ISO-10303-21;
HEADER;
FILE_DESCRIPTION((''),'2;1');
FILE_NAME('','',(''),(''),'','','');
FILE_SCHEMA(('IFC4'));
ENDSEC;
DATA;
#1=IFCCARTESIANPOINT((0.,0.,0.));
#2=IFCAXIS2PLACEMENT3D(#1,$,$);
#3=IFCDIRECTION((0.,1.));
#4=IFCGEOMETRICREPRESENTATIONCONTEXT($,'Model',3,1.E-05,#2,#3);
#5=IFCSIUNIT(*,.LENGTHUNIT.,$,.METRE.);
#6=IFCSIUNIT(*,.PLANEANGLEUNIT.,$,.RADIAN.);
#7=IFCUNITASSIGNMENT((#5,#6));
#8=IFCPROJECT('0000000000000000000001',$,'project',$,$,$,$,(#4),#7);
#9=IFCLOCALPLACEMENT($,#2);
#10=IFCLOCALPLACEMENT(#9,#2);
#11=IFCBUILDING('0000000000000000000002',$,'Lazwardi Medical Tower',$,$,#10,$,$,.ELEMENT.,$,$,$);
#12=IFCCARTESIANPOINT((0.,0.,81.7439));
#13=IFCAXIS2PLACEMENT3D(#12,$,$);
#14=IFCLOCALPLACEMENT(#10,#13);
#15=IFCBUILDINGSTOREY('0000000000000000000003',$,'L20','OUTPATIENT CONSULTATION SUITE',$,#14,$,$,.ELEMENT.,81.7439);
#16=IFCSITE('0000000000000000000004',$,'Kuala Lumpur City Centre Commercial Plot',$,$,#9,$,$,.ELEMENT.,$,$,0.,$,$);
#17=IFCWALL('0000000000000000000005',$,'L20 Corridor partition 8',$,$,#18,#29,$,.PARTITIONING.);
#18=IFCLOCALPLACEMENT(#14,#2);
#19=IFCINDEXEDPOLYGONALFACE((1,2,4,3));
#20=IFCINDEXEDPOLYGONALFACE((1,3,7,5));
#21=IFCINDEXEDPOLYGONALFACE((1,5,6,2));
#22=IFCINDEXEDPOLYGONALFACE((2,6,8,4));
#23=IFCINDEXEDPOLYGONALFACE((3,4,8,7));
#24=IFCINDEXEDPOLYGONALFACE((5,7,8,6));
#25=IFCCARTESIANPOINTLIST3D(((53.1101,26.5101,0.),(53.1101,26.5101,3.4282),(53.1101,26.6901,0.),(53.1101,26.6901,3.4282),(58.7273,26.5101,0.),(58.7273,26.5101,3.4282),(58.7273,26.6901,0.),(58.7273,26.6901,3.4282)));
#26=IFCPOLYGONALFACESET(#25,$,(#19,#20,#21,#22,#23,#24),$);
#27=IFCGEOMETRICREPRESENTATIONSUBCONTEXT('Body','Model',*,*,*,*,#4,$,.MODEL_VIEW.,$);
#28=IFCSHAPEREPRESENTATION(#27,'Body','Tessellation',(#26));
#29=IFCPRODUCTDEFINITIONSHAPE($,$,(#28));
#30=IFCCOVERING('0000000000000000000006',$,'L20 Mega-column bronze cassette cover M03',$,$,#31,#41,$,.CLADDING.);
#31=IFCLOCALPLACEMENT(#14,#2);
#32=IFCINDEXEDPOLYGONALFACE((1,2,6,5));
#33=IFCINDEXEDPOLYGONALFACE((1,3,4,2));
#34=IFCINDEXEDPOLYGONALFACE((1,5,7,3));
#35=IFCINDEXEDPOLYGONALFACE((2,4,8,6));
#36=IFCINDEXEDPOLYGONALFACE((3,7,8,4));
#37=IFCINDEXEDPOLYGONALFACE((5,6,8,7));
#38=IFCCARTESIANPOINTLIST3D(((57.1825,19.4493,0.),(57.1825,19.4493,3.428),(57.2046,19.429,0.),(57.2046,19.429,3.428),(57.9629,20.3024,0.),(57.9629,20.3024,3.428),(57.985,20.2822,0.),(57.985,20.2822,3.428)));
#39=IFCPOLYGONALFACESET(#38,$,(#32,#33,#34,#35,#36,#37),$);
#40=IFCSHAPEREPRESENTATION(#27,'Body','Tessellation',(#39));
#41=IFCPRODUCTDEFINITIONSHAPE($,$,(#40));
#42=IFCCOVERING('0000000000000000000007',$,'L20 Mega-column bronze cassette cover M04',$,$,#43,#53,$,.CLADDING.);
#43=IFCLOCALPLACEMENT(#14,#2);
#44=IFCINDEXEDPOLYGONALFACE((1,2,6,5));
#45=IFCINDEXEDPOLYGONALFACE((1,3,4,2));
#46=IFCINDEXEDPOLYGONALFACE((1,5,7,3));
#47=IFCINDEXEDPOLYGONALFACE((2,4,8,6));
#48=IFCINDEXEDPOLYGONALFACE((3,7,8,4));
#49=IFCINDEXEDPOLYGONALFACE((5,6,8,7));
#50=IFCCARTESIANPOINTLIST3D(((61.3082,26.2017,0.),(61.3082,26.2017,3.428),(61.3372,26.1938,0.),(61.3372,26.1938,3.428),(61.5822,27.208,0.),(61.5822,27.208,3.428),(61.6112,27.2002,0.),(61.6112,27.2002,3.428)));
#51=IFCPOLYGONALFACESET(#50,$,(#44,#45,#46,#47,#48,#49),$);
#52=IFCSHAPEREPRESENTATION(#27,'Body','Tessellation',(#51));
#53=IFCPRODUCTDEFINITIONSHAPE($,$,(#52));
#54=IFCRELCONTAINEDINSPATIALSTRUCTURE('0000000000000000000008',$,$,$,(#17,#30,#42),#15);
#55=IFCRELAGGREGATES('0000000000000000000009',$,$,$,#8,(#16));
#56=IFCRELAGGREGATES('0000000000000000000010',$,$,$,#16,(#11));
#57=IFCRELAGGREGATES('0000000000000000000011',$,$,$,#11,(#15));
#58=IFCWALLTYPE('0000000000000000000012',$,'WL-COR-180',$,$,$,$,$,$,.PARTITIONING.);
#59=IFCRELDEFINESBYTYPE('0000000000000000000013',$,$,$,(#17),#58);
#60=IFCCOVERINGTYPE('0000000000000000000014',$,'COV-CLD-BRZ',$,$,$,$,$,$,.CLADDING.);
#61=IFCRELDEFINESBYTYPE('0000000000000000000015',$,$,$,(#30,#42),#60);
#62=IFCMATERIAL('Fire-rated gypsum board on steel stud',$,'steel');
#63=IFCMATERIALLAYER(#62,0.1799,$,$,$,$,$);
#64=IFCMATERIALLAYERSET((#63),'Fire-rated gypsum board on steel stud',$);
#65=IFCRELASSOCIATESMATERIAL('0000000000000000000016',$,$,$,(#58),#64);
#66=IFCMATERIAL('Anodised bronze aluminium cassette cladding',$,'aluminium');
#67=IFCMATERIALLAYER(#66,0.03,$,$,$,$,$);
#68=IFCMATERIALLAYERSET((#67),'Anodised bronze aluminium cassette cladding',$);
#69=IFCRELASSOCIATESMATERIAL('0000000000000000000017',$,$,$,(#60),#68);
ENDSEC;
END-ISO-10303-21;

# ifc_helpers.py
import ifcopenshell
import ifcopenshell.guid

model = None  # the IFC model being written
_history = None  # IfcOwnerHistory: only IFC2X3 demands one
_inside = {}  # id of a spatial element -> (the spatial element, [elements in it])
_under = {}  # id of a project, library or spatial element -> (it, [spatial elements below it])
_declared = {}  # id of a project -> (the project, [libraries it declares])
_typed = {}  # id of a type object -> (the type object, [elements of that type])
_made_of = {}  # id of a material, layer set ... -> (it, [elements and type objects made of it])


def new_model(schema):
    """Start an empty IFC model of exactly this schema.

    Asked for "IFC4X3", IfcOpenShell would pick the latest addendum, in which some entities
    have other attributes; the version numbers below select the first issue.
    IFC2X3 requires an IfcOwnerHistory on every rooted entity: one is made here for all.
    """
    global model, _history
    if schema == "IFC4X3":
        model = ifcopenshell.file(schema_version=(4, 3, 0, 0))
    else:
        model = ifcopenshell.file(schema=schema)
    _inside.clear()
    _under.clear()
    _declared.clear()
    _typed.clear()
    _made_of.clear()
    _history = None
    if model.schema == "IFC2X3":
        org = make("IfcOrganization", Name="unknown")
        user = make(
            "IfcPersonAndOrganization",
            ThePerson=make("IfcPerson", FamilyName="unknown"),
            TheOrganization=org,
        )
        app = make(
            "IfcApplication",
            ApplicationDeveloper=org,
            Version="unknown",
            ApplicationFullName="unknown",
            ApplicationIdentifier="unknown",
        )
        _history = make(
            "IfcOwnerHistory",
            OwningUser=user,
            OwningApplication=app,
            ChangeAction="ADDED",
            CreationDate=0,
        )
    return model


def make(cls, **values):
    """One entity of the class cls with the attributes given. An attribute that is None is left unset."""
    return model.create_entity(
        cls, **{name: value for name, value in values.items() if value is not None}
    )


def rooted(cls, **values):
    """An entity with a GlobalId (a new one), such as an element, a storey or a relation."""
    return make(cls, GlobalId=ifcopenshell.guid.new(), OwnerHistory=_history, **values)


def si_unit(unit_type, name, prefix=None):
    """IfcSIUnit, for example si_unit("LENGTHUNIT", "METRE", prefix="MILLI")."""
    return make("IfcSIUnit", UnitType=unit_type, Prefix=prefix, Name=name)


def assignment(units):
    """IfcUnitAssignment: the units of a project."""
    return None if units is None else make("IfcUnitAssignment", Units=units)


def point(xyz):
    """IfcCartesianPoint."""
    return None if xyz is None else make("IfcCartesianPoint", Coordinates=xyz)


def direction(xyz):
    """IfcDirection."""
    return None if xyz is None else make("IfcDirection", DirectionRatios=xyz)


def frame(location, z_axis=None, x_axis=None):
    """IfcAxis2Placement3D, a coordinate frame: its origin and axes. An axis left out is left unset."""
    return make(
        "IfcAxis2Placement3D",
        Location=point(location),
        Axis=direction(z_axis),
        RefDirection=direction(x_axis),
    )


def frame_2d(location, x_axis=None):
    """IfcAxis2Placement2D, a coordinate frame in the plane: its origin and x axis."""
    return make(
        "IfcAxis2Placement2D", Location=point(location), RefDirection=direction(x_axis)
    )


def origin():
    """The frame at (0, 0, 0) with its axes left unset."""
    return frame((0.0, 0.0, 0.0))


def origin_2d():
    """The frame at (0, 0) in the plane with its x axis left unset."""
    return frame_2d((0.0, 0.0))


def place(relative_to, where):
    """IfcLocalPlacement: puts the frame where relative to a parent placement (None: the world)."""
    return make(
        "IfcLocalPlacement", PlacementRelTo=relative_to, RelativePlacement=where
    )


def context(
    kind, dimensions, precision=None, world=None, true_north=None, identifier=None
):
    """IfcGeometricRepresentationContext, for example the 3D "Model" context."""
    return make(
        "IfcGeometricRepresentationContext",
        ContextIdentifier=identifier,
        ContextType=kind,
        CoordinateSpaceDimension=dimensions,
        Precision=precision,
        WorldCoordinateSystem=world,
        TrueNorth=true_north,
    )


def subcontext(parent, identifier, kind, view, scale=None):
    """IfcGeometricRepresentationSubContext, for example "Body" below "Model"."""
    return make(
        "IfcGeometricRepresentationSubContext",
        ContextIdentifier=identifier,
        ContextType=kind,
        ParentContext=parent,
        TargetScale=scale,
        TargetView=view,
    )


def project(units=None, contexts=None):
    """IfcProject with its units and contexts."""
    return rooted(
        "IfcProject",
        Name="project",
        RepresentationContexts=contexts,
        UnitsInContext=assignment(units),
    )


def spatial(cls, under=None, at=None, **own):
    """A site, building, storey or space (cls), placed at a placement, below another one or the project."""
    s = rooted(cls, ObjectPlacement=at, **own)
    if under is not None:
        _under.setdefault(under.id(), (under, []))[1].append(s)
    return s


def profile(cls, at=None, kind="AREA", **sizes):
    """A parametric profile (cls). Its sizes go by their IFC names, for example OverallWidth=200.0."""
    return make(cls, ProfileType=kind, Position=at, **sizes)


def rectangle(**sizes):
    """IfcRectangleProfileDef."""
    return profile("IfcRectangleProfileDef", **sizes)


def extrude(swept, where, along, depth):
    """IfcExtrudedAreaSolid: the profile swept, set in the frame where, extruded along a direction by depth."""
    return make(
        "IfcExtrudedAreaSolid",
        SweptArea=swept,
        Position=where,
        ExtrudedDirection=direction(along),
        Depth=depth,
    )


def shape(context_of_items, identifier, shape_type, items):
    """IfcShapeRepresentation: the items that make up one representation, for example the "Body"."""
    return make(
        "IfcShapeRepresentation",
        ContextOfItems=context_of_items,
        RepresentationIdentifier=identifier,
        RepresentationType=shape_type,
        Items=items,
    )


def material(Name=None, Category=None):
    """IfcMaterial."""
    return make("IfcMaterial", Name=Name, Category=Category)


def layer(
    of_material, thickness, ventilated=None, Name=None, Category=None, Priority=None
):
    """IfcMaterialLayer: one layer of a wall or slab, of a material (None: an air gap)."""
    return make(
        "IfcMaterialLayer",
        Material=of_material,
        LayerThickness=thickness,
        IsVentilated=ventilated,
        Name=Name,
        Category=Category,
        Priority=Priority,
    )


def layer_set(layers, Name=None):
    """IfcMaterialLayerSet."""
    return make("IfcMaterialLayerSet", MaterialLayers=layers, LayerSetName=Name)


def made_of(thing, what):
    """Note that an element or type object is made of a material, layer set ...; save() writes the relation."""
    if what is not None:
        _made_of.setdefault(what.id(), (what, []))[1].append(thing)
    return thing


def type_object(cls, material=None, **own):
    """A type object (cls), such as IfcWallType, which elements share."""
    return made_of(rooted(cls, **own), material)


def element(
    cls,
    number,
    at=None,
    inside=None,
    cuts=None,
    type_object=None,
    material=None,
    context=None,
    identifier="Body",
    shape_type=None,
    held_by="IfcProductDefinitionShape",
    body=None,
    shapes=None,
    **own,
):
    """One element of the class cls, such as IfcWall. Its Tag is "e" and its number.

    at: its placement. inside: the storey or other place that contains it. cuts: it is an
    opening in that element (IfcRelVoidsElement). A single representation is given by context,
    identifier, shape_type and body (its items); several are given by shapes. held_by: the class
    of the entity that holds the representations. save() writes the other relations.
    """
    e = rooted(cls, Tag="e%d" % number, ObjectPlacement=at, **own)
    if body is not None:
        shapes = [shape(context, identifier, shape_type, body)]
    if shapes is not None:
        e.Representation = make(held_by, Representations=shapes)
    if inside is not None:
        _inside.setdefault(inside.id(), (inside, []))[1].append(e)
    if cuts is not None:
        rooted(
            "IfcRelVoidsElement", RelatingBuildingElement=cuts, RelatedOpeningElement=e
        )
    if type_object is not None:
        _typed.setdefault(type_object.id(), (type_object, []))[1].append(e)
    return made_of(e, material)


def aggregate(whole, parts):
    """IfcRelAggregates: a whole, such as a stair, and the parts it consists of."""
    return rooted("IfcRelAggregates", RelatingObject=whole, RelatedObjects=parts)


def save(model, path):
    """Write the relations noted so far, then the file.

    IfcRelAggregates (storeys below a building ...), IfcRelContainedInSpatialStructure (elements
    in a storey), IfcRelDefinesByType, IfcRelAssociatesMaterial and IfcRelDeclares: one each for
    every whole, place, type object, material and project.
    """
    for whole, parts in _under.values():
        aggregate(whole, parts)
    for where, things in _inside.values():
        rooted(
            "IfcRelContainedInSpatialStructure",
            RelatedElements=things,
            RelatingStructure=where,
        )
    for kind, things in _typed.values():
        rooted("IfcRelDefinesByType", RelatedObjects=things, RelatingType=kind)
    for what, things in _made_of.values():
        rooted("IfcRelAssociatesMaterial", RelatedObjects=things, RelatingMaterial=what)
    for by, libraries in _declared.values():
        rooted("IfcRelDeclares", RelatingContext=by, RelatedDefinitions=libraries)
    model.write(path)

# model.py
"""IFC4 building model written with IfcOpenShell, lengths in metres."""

from ifc_helpers import new_model, si_unit, direction, frame, frame_2d, origin, origin_2d, place, context, subcontext, project, spatial, rectangle, extrude, material, layer, layer_set, type_object, element, save


model = new_model("IFC4")

# Units and contexts
model_context = context("Model", 3, precision=1e-05, world=origin(), true_north=direction((0.0, 1.0)))
body_context = subcontext(model_context, "Body", "Model", "MODEL_VIEW")
ifc_project = project(units=[si_unit("LENGTHUNIT", "METRE"), si_unit("PLANEANGLEUNIT", "RADIAN")], contexts=[model_context])

# Site, building, storey
site_placement = place(None, origin())
site = spatial("IfcSite", under=ifc_project, at=site_placement, Name="Kuala Lumpur City Centre Commercial Plot", CompositionType="ELEMENT", RefElevation=0.0)
building_placement = place(site_placement, origin())
building = spatial("IfcBuilding", under=site, at=building_placement, Name="Lazwardi Medical Tower", CompositionType="ELEMENT")
storey_placement = place(building_placement, frame((0.0, 0.0, 81.7439)))
storey = spatial("IfcBuildingStorey", under=building, at=storey_placement, Name="L20", Description="OUTPATIENT CONSULTATION SUITE", CompositionType="ELEMENT", Elevation=81.7439)

# Wall
ifc_material_1 = material(Name="Fire-rated gypsum board on steel stud", Category="steel")
ifc_layer_1 = layer(ifc_material_1, 0.1799)
ifc_layer_set_1 = layer_set([ifc_layer_1], Name="Fire-rated gypsum board on steel stud")
wall_type = type_object("IfcWallType", Name="WL-COR-180", PredefinedType="PARTITIONING", material=ifc_layer_set_1)
wall_placement = place(storey_placement, frame((58.7273, 26.6001, 0.0), z_axis=(0.0, 0.0, 1.0), x_axis=(-1.0, 0.0, 0.0)))
element("IfcWall", 1, at=wall_placement, inside=storey, type_object=wall_type, Name="L20 Corridor partition 8", PredefinedType="PARTITIONING", context=body_context, shape_type="SweptSolid", body=[
    extrude(rectangle(XDim=5.6172, YDim=0.1799, at=frame_2d((2.8086, 0.0))), origin(), (0.0, 0.0, 1.0), 3.4282),
])

# Coverings
ifc_material_2 = material(Name="Anodised bronze aluminium cassette cladding", Category="aluminium")
ifc_layer_2 = layer(ifc_material_2, 0.03)
ifc_layer_set_2 = layer_set([ifc_layer_2], Name="Anodised bronze aluminium cassette cladding")
covering_type = type_object("IfcCoveringType", Name="COV-CLD-BRZ", PredefinedType="CLADDING", material=ifc_layer_set_2)
covering_1_placement = place(storey_placement, frame((57.5837, 19.8657, 0.0), z_axis=(0.0, 0.0, 1.0), x_axis=(0.674926, 0.737885, 0.0)))
element("IfcCovering", 2, at=covering_1_placement, inside=storey, type_object=covering_type, Name="L20 Mega-column bronze cassette cover M03", PredefinedType="CLADDING", context=body_context, shape_type="SweptSolid", body=[
    extrude(rectangle(XDim=1.1562, YDim=0.03, at=origin_2d()), origin(), (0.0, 0.0, 1.0), 3.428),
])
covering_2_placement = place(storey_placement, frame((61.4597, 26.7009, 0.0), z_axis=(0.0, 0.0, 1.0), x_axis=(0.262696, 0.964879, 0.0)))
element("IfcCovering", 3, at=covering_2_placement, inside=storey, type_object=covering_type, Name="L20 Mega-column bronze cassette cover M04", PredefinedType="CLADDING", context=body_context, shape_type="SweptSolid", body=[
    extrude(rectangle(XDim=1.043, YDim=0.03, at=origin_2d()), origin(), (0.0, 0.0, 1.0), 3.428),
])

save(model, "model.ifc")
